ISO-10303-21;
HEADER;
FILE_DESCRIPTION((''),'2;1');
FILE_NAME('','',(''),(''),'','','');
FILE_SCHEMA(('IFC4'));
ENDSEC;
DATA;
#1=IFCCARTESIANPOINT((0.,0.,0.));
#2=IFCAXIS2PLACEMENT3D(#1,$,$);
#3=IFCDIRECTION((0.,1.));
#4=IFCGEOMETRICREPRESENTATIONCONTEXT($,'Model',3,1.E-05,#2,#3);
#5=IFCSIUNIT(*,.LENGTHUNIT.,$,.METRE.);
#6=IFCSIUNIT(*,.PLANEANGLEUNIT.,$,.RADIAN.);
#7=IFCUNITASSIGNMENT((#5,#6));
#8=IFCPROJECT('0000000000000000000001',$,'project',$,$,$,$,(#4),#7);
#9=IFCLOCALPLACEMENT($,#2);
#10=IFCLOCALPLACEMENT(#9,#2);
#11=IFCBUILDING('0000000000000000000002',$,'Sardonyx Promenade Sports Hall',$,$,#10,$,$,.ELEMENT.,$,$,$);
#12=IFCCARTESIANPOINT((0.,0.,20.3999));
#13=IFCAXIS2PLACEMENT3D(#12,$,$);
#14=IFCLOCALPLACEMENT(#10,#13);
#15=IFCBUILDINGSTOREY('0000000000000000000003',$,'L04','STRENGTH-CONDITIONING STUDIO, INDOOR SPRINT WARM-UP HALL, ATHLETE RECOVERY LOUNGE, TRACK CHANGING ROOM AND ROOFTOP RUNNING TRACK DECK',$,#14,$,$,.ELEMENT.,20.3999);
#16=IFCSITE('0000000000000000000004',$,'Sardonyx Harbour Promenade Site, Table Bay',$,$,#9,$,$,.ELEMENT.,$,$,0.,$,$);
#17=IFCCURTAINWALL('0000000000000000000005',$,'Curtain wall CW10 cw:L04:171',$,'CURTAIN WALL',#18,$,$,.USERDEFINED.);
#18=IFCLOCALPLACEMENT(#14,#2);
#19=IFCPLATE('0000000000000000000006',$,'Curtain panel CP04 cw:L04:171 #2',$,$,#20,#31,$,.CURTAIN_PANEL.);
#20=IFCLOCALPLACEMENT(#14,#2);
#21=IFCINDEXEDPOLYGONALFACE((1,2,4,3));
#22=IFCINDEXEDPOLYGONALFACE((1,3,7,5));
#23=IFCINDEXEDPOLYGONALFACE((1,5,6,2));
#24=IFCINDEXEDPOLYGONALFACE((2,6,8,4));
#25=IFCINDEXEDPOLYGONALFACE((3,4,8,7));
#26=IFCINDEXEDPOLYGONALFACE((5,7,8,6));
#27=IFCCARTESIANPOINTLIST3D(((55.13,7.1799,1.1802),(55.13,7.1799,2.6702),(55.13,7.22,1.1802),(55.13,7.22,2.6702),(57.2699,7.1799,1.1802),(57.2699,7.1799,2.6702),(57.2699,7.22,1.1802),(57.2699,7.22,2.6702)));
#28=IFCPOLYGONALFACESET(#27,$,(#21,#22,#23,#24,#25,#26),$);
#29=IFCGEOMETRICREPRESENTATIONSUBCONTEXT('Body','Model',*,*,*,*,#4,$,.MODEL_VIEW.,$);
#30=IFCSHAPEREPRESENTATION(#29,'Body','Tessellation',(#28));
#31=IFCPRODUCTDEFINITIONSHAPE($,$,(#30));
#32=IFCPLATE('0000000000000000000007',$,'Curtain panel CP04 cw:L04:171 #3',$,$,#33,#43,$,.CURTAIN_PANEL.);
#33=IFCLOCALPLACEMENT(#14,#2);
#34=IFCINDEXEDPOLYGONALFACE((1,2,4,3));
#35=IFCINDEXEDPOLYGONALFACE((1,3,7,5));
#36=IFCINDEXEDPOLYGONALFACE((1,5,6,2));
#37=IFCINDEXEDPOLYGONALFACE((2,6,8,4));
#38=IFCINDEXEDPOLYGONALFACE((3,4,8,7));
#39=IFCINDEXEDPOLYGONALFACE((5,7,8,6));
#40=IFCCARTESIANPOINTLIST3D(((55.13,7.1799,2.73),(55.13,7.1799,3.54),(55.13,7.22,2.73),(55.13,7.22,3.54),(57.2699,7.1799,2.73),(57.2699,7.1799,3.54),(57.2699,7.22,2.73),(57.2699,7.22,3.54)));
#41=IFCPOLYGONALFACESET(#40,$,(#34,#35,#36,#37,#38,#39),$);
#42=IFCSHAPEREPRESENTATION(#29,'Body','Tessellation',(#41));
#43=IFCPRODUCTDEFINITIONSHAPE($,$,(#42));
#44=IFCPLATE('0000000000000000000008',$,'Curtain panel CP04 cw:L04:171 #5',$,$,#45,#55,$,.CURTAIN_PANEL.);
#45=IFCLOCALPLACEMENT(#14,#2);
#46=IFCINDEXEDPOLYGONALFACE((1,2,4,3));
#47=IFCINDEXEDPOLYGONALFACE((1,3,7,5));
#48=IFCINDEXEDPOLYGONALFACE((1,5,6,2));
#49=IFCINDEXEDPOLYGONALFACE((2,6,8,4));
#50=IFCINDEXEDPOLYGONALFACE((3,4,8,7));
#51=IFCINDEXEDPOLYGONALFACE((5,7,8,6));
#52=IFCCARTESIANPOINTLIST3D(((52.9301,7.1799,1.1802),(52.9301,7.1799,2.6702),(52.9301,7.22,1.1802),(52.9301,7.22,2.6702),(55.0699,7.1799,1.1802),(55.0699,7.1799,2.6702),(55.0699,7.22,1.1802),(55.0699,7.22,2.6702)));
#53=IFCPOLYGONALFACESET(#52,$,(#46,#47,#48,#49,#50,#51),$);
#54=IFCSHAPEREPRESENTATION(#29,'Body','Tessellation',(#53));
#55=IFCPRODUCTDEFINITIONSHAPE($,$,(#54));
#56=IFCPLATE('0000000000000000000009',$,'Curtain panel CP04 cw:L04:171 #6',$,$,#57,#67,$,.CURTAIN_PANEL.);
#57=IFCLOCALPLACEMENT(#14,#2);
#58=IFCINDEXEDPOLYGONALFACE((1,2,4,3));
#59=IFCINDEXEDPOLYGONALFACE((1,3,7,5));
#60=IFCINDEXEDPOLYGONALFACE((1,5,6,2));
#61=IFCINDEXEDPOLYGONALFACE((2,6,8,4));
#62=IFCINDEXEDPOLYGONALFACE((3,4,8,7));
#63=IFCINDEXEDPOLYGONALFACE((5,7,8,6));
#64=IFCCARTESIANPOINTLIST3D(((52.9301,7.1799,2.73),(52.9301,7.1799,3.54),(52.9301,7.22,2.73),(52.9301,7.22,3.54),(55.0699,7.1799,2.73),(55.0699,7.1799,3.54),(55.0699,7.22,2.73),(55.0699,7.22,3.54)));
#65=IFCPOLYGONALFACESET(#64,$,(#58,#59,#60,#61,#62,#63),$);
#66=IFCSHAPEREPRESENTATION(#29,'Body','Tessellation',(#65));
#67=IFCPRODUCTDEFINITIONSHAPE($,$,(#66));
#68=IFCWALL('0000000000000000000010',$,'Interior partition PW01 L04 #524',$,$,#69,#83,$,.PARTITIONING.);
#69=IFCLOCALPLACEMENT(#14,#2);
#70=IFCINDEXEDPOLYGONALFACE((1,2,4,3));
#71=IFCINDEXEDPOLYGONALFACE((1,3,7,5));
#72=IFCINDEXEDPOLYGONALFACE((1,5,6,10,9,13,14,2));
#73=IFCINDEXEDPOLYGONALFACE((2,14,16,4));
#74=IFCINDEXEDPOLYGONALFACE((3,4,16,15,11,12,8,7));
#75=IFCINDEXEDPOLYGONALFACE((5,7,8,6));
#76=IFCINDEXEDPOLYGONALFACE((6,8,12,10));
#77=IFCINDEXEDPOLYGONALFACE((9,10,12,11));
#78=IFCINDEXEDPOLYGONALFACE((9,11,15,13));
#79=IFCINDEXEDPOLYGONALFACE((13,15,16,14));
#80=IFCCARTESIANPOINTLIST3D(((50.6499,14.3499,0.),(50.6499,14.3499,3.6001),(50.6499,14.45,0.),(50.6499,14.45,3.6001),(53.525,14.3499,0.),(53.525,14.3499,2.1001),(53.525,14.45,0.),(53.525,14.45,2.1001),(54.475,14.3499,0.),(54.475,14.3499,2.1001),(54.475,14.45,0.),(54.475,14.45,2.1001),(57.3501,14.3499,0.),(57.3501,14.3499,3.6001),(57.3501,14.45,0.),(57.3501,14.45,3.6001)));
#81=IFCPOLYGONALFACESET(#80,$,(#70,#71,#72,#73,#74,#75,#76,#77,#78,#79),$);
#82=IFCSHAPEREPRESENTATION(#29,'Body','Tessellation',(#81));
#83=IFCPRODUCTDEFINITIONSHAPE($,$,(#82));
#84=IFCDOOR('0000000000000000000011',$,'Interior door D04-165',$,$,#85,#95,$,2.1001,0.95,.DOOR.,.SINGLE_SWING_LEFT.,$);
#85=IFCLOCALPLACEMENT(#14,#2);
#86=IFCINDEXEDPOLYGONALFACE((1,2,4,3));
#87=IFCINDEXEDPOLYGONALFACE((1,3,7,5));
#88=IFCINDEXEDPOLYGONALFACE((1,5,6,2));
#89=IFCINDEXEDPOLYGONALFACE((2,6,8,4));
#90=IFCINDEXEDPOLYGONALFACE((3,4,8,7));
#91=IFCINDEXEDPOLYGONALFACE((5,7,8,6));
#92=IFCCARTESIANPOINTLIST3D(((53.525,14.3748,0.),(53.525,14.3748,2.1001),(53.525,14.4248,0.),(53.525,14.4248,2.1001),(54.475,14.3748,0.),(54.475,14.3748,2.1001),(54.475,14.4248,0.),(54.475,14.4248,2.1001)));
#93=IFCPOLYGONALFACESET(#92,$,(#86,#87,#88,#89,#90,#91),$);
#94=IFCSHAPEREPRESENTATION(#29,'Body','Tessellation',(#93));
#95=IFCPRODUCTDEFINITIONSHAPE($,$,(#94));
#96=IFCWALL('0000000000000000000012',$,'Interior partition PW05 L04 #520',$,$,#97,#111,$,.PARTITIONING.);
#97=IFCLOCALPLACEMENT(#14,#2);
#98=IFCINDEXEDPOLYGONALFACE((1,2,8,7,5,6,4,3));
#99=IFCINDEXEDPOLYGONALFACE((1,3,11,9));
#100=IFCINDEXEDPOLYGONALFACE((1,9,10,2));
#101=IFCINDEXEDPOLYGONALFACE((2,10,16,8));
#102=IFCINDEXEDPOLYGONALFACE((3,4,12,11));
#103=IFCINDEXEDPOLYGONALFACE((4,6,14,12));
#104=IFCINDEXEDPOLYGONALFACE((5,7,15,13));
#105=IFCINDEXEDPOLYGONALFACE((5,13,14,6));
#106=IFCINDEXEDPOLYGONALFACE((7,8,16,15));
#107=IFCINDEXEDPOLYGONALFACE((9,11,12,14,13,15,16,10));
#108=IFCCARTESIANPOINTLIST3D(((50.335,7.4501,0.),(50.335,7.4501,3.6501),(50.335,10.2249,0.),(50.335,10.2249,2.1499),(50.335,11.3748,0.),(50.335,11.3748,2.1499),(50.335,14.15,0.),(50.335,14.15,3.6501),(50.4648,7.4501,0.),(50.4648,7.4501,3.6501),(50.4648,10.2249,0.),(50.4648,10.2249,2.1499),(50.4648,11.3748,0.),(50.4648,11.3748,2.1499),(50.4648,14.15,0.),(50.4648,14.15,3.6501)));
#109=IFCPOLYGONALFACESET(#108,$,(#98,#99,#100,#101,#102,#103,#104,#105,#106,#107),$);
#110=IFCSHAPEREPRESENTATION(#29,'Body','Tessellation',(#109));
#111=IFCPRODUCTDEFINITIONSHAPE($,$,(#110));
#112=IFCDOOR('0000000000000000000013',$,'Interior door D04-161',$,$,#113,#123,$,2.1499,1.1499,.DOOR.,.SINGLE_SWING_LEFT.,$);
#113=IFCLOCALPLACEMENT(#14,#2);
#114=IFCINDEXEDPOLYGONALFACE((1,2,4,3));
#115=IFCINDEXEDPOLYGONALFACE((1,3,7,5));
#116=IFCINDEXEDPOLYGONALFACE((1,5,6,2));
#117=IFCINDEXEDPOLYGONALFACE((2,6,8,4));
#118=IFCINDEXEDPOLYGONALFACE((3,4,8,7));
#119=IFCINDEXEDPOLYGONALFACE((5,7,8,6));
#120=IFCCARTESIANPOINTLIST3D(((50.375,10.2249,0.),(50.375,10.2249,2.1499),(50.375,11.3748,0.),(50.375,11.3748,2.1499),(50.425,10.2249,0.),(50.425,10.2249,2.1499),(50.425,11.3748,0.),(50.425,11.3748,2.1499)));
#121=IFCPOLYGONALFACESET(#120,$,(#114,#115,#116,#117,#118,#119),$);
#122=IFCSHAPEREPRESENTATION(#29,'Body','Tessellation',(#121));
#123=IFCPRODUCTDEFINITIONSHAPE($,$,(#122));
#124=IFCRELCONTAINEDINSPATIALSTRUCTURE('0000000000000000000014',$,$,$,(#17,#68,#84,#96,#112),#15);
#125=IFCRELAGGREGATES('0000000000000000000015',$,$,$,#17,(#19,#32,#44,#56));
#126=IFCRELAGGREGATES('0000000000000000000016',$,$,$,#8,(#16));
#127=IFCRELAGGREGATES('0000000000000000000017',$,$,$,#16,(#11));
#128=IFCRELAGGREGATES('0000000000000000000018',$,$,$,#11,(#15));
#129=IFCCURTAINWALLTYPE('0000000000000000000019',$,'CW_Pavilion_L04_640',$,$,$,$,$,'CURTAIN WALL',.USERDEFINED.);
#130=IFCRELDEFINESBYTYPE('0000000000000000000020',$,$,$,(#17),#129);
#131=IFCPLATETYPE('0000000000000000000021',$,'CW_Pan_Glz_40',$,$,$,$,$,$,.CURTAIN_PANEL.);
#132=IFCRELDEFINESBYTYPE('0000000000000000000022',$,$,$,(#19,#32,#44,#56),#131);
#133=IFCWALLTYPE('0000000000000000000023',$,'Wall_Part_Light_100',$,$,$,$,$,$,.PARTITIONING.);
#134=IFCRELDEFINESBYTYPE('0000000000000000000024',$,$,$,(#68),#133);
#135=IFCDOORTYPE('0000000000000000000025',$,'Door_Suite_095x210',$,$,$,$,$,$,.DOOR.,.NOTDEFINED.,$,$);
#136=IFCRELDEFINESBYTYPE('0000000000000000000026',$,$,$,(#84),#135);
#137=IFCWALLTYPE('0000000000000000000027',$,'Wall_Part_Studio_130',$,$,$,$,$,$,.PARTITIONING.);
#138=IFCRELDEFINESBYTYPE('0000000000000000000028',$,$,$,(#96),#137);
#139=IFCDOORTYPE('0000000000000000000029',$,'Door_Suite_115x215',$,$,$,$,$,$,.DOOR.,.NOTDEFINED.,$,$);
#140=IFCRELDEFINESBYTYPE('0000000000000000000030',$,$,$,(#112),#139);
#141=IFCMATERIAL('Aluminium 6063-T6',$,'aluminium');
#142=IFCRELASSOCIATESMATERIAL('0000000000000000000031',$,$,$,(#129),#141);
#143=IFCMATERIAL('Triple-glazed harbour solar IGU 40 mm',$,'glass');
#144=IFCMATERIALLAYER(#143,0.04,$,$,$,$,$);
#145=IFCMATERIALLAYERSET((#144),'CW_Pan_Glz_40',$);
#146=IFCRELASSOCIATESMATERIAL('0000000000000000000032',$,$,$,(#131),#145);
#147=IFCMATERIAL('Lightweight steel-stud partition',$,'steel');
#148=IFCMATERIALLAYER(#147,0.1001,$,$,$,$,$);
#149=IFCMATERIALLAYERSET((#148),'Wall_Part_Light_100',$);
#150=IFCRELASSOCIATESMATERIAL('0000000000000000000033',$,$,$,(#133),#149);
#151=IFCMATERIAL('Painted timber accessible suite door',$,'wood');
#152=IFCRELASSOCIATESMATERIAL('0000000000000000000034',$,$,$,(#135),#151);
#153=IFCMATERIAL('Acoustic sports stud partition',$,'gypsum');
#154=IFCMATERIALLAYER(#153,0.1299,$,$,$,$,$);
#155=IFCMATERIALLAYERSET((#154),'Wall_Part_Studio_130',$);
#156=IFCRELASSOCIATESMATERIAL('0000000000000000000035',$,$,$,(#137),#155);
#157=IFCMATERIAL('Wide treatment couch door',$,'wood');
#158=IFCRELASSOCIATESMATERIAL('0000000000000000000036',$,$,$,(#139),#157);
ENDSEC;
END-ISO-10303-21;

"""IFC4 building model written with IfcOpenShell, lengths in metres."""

from ifc_helpers import new_model, si_unit, direction, frame, frame_2d, origin, origin_2d, place, context, subcontext, project, spatial, rectangle, extrude, material, layer, layer_set, type_object, element, fill, aggregate, save


model = new_model("IFC4")

# Units and contexts
model_context = context("Model", 3, precision=1e-05, world=origin(), true_north=direction((0.0, 1.0)))
body_context = subcontext(model_context, "Body", "Model", "MODEL_VIEW")
ifc_project = project(units=[si_unit("LENGTHUNIT", "METRE"), si_unit("PLANEANGLEUNIT", "RADIAN")], contexts=[model_context])

# Site, building, storey
site_placement = place(None, origin())
site = spatial("IfcSite", under=ifc_project, at=site_placement, Name="Sardonyx Harbour Promenade Site, Table Bay", CompositionType="ELEMENT", RefElevation=0.0)
building_placement = place(site_placement, origin())
building = spatial("IfcBuilding", under=site, at=building_placement, Name="Sardonyx Promenade Sports Hall", CompositionType="ELEMENT")
storey_placement = place(building_placement, frame((0.0, 0.0, 20.3999)))
storey = spatial("IfcBuildingStorey", under=building, at=storey_placement, Name="L04", Description="STRENGTH-CONDITIONING STUDIO, INDOOR SPRINT WARM-UP HALL, ATHLETE RECOVERY LOUNGE, TRACK CHANGING ROOM AND ROOFTOP RUNNING TRACK DECK", CompositionType="ELEMENT", Elevation=20.3999)

# Curtain wall, plates
ifc_material_1 = material(Name="Aluminium 6063-T6", Category="aluminium")
curtain_wall_type = type_object("IfcCurtainWallType", Name="CW_Pavilion_L04_640", ElementType="CURTAIN WALL", PredefinedType="USERDEFINED", material=ifc_material_1)
curtain_wall_placement = place(storey_placement, origin())
curtain_wall = element("IfcCurtainWall", 1, at=curtain_wall_placement, inside=storey, type_object=curtain_wall_type, Name="Curtain wall CW10 cw:L04:171", ObjectType="CURTAIN WALL", PredefinedType="USERDEFINED")
ifc_material_2 = material(Name="Triple-glazed harbour solar IGU 40 mm", Category="glass")
ifc_layer_1 = layer(ifc_material_2, 0.04)
ifc_layer_set_1 = layer_set([ifc_layer_1], Name="CW_Pan_Glz_40")
plate_type = type_object("IfcPlateType", Name="CW_Pan_Glz_40", PredefinedType="CURTAIN_PANEL", material=ifc_layer_set_1)
plate_1_placement = place(storey_placement, frame((56.2, 7.2, 1.1802), z_axis=(0.0, 0.0, 1.0), x_axis=(-1.0, 0.0, 0.0)))
plate_1 = element("IfcPlate", 2, at=plate_1_placement, type_object=plate_type, Name="Curtain panel CP04 cw:L04:171 #2", PredefinedType="CURTAIN_PANEL", context=body_context, shape_type="SweptSolid", body=[
    extrude(rectangle(XDim=2.1399, YDim=0.04, at=origin_2d()), origin(), (0.0, 0.0, 1.0), 1.49),
])
plate_2_placement = place(storey_placement, frame((56.2, 7.2, 2.73), z_axis=(0.0, 0.0, 1.0), x_axis=(-1.0, 0.0, 0.0)))
plate_2 = element("IfcPlate", 3, at=plate_2_placement, type_object=plate_type, Name="Curtain panel CP04 cw:L04:171 #3", PredefinedType="CURTAIN_PANEL", context=body_context, shape_type="SweptSolid", body=[
    extrude(rectangle(XDim=2.1399, YDim=0.04, at=origin_2d()), origin(), (0.0, 0.0, 1.0), 0.8101),
])
plate_3_placement = place(storey_placement, frame((54.0, 7.2, 1.1802), z_axis=(0.0, 0.0, 1.0), x_axis=(-1.0, 0.0, 0.0)))
plate_3 = element("IfcPlate", 4, at=plate_3_placement, type_object=plate_type, Name="Curtain panel CP04 cw:L04:171 #5", PredefinedType="CURTAIN_PANEL", context=body_context, shape_type="SweptSolid", body=[
    extrude(rectangle(XDim=2.1399, YDim=0.04, at=origin_2d()), origin(), (0.0, 0.0, 1.0), 1.49),
])
plate_4_placement = place(storey_placement, frame((54.0, 7.2, 2.73), z_axis=(0.0, 0.0, 1.0), x_axis=(-1.0, 0.0, 0.0)))
plate_4 = element("IfcPlate", 5, at=plate_4_placement, type_object=plate_type, Name="Curtain panel CP04 cw:L04:171 #6", PredefinedType="CURTAIN_PANEL", context=body_context, shape_type="SweptSolid", body=[
    extrude(rectangle(XDim=2.1399, YDim=0.04, at=origin_2d()), origin(), (0.0, 0.0, 1.0), 0.8101),
])
aggregate(curtain_wall, [plate_1, plate_2, plate_3, plate_4])

# Walls, openings, doors
ifc_material_3 = material(Name="Lightweight steel-stud partition", Category="steel")
ifc_layer_2 = layer(ifc_material_3, 0.1001)
ifc_layer_set_2 = layer_set([ifc_layer_2], Name="Wall_Part_Light_100")
wall_type_1 = type_object("IfcWallType", Name="Wall_Part_Light_100", PredefinedType="PARTITIONING", material=ifc_layer_set_2)
wall_1_placement = place(storey_placement, frame((50.6499, 14.3999, 0.0), z_axis=(0.0, 0.0, 1.0), x_axis=(1.0, 0.0, 0.0)))
wall_1 = element("IfcWall", 6, at=wall_1_placement, inside=storey, type_object=wall_type_1, Name="Interior partition PW01 L04 #524", PredefinedType="PARTITIONING", context=body_context, shape_type="SweptSolid", body=[
    extrude(rectangle(XDim=6.7002, YDim=0.1001, at=frame_2d((3.3501, 0.0))), origin(), (0.0, 0.0, 1.0), 3.6001),
])
opening_1_placement = place(wall_1_placement, frame((2.875, 0.0, 0.0)))
opening_1 = element("IfcOpeningElement", 7, at=opening_1_placement, cuts=wall_1, PredefinedType="OPENING", context=body_context, shape_type="SweptSolid", body=[
    extrude(rectangle(XDim=0.95, YDim=2.1001, at=frame_2d((0.4751, 1.05))), frame((0.0, 0.06, 0.0), z_axis=(0.0, -1.0, 0.0), x_axis=(1.0, 0.0, 0.0)), (0.0, 0.0, 1.0), 0.12),
])
ifc_material_4 = material(Name="Painted timber accessible suite door", Category="wood")
door_type_1 = type_object("IfcDoorType", Name="Door_Suite_095x210", OperationType="NOTDEFINED", PredefinedType="DOOR", material=ifc_material_4)
door_1_placement = place(opening_1_placement, origin())
door_1 = element("IfcDoor", 8, at=door_1_placement, inside=storey, type_object=door_type_1, Name="Interior door D04-165", OperationType="SINGLE_SWING_LEFT", OverallHeight=2.1001, OverallWidth=0.95, PredefinedType="DOOR", context=body_context, shape_type="SweptSolid", body=[
    extrude(rectangle(XDim=0.95, YDim=2.1001, at=frame_2d((0.4751, 1.05))), frame((0.0, 0.0249, 0.0), z_axis=(0.0, -1.0, 0.0), x_axis=(1.0, 0.0, 0.0)), (0.0, 0.0, 1.0), 0.05),
])
fill(opening_1, door_1)
ifc_material_5 = material(Name="Acoustic sports stud partition", Category="gypsum")
ifc_layer_3 = layer(ifc_material_5, 0.1299)
ifc_layer_set_3 = layer_set([ifc_layer_3], Name="Wall_Part_Studio_130")
wall_type_2 = type_object("IfcWallType", Name="Wall_Part_Studio_130", PredefinedType="PARTITIONING", material=ifc_layer_set_3)
wall_2_placement = place(storey_placement, frame((50.3999, 7.45, 0.0), z_axis=(0.0, 0.0, 1.0), x_axis=(0.0, 1.0, 0.0)))
wall_2 = element("IfcWall", 9, at=wall_2_placement, inside=storey, type_object=wall_type_2, Name="Interior partition PW05 L04 #520", PredefinedType="PARTITIONING", context=body_context, shape_type="SweptSolid", body=[
    extrude(rectangle(XDim=6.7, YDim=0.1299, at=frame_2d((3.3501, 0.0))), origin(), (0.0, 0.0, 1.0), 3.6501),
])
opening_2_placement = place(wall_2_placement, frame((2.7749, 0.0, 0.0)))
opening_2 = element("IfcOpeningElement", 10, at=opening_2_placement, cuts=wall_2, PredefinedType="OPENING", context=body_context, shape_type="SweptSolid", body=[
    extrude(rectangle(XDim=1.1499, YDim=2.1499, at=frame_2d((0.575, 1.075))), frame((0.0, 0.075, 0.0), z_axis=(0.0, -1.0, 0.0), x_axis=(1.0, 0.0, 0.0)), (0.0, 0.0, 1.0), 0.15),
])
ifc_material_6 = material(Name="Wide treatment couch door", Category="wood")
door_type_2 = type_object("IfcDoorType", Name="Door_Suite_115x215", OperationType="NOTDEFINED", PredefinedType="DOOR", material=ifc_material_6)
door_2_placement = place(opening_2_placement, origin())
door_2 = element("IfcDoor", 11, at=door_2_placement, inside=storey, type_object=door_type_2, Name="Interior door D04-161", OperationType="SINGLE_SWING_LEFT", OverallHeight=2.1499, OverallWidth=1.1499, PredefinedType="DOOR", context=body_context, shape_type="SweptSolid", body=[
    extrude(rectangle(XDim=1.1499, YDim=2.1499, at=frame_2d((0.575, 1.075))), frame((0.0, 0.0249, 0.0), z_axis=(0.0, -1.0, 0.0), x_axis=(1.0, 0.0, 0.0)), (0.0, 0.0, 1.0), 0.05),
])
fill(opening_2, door_2)

save(model, "model.ifc")
